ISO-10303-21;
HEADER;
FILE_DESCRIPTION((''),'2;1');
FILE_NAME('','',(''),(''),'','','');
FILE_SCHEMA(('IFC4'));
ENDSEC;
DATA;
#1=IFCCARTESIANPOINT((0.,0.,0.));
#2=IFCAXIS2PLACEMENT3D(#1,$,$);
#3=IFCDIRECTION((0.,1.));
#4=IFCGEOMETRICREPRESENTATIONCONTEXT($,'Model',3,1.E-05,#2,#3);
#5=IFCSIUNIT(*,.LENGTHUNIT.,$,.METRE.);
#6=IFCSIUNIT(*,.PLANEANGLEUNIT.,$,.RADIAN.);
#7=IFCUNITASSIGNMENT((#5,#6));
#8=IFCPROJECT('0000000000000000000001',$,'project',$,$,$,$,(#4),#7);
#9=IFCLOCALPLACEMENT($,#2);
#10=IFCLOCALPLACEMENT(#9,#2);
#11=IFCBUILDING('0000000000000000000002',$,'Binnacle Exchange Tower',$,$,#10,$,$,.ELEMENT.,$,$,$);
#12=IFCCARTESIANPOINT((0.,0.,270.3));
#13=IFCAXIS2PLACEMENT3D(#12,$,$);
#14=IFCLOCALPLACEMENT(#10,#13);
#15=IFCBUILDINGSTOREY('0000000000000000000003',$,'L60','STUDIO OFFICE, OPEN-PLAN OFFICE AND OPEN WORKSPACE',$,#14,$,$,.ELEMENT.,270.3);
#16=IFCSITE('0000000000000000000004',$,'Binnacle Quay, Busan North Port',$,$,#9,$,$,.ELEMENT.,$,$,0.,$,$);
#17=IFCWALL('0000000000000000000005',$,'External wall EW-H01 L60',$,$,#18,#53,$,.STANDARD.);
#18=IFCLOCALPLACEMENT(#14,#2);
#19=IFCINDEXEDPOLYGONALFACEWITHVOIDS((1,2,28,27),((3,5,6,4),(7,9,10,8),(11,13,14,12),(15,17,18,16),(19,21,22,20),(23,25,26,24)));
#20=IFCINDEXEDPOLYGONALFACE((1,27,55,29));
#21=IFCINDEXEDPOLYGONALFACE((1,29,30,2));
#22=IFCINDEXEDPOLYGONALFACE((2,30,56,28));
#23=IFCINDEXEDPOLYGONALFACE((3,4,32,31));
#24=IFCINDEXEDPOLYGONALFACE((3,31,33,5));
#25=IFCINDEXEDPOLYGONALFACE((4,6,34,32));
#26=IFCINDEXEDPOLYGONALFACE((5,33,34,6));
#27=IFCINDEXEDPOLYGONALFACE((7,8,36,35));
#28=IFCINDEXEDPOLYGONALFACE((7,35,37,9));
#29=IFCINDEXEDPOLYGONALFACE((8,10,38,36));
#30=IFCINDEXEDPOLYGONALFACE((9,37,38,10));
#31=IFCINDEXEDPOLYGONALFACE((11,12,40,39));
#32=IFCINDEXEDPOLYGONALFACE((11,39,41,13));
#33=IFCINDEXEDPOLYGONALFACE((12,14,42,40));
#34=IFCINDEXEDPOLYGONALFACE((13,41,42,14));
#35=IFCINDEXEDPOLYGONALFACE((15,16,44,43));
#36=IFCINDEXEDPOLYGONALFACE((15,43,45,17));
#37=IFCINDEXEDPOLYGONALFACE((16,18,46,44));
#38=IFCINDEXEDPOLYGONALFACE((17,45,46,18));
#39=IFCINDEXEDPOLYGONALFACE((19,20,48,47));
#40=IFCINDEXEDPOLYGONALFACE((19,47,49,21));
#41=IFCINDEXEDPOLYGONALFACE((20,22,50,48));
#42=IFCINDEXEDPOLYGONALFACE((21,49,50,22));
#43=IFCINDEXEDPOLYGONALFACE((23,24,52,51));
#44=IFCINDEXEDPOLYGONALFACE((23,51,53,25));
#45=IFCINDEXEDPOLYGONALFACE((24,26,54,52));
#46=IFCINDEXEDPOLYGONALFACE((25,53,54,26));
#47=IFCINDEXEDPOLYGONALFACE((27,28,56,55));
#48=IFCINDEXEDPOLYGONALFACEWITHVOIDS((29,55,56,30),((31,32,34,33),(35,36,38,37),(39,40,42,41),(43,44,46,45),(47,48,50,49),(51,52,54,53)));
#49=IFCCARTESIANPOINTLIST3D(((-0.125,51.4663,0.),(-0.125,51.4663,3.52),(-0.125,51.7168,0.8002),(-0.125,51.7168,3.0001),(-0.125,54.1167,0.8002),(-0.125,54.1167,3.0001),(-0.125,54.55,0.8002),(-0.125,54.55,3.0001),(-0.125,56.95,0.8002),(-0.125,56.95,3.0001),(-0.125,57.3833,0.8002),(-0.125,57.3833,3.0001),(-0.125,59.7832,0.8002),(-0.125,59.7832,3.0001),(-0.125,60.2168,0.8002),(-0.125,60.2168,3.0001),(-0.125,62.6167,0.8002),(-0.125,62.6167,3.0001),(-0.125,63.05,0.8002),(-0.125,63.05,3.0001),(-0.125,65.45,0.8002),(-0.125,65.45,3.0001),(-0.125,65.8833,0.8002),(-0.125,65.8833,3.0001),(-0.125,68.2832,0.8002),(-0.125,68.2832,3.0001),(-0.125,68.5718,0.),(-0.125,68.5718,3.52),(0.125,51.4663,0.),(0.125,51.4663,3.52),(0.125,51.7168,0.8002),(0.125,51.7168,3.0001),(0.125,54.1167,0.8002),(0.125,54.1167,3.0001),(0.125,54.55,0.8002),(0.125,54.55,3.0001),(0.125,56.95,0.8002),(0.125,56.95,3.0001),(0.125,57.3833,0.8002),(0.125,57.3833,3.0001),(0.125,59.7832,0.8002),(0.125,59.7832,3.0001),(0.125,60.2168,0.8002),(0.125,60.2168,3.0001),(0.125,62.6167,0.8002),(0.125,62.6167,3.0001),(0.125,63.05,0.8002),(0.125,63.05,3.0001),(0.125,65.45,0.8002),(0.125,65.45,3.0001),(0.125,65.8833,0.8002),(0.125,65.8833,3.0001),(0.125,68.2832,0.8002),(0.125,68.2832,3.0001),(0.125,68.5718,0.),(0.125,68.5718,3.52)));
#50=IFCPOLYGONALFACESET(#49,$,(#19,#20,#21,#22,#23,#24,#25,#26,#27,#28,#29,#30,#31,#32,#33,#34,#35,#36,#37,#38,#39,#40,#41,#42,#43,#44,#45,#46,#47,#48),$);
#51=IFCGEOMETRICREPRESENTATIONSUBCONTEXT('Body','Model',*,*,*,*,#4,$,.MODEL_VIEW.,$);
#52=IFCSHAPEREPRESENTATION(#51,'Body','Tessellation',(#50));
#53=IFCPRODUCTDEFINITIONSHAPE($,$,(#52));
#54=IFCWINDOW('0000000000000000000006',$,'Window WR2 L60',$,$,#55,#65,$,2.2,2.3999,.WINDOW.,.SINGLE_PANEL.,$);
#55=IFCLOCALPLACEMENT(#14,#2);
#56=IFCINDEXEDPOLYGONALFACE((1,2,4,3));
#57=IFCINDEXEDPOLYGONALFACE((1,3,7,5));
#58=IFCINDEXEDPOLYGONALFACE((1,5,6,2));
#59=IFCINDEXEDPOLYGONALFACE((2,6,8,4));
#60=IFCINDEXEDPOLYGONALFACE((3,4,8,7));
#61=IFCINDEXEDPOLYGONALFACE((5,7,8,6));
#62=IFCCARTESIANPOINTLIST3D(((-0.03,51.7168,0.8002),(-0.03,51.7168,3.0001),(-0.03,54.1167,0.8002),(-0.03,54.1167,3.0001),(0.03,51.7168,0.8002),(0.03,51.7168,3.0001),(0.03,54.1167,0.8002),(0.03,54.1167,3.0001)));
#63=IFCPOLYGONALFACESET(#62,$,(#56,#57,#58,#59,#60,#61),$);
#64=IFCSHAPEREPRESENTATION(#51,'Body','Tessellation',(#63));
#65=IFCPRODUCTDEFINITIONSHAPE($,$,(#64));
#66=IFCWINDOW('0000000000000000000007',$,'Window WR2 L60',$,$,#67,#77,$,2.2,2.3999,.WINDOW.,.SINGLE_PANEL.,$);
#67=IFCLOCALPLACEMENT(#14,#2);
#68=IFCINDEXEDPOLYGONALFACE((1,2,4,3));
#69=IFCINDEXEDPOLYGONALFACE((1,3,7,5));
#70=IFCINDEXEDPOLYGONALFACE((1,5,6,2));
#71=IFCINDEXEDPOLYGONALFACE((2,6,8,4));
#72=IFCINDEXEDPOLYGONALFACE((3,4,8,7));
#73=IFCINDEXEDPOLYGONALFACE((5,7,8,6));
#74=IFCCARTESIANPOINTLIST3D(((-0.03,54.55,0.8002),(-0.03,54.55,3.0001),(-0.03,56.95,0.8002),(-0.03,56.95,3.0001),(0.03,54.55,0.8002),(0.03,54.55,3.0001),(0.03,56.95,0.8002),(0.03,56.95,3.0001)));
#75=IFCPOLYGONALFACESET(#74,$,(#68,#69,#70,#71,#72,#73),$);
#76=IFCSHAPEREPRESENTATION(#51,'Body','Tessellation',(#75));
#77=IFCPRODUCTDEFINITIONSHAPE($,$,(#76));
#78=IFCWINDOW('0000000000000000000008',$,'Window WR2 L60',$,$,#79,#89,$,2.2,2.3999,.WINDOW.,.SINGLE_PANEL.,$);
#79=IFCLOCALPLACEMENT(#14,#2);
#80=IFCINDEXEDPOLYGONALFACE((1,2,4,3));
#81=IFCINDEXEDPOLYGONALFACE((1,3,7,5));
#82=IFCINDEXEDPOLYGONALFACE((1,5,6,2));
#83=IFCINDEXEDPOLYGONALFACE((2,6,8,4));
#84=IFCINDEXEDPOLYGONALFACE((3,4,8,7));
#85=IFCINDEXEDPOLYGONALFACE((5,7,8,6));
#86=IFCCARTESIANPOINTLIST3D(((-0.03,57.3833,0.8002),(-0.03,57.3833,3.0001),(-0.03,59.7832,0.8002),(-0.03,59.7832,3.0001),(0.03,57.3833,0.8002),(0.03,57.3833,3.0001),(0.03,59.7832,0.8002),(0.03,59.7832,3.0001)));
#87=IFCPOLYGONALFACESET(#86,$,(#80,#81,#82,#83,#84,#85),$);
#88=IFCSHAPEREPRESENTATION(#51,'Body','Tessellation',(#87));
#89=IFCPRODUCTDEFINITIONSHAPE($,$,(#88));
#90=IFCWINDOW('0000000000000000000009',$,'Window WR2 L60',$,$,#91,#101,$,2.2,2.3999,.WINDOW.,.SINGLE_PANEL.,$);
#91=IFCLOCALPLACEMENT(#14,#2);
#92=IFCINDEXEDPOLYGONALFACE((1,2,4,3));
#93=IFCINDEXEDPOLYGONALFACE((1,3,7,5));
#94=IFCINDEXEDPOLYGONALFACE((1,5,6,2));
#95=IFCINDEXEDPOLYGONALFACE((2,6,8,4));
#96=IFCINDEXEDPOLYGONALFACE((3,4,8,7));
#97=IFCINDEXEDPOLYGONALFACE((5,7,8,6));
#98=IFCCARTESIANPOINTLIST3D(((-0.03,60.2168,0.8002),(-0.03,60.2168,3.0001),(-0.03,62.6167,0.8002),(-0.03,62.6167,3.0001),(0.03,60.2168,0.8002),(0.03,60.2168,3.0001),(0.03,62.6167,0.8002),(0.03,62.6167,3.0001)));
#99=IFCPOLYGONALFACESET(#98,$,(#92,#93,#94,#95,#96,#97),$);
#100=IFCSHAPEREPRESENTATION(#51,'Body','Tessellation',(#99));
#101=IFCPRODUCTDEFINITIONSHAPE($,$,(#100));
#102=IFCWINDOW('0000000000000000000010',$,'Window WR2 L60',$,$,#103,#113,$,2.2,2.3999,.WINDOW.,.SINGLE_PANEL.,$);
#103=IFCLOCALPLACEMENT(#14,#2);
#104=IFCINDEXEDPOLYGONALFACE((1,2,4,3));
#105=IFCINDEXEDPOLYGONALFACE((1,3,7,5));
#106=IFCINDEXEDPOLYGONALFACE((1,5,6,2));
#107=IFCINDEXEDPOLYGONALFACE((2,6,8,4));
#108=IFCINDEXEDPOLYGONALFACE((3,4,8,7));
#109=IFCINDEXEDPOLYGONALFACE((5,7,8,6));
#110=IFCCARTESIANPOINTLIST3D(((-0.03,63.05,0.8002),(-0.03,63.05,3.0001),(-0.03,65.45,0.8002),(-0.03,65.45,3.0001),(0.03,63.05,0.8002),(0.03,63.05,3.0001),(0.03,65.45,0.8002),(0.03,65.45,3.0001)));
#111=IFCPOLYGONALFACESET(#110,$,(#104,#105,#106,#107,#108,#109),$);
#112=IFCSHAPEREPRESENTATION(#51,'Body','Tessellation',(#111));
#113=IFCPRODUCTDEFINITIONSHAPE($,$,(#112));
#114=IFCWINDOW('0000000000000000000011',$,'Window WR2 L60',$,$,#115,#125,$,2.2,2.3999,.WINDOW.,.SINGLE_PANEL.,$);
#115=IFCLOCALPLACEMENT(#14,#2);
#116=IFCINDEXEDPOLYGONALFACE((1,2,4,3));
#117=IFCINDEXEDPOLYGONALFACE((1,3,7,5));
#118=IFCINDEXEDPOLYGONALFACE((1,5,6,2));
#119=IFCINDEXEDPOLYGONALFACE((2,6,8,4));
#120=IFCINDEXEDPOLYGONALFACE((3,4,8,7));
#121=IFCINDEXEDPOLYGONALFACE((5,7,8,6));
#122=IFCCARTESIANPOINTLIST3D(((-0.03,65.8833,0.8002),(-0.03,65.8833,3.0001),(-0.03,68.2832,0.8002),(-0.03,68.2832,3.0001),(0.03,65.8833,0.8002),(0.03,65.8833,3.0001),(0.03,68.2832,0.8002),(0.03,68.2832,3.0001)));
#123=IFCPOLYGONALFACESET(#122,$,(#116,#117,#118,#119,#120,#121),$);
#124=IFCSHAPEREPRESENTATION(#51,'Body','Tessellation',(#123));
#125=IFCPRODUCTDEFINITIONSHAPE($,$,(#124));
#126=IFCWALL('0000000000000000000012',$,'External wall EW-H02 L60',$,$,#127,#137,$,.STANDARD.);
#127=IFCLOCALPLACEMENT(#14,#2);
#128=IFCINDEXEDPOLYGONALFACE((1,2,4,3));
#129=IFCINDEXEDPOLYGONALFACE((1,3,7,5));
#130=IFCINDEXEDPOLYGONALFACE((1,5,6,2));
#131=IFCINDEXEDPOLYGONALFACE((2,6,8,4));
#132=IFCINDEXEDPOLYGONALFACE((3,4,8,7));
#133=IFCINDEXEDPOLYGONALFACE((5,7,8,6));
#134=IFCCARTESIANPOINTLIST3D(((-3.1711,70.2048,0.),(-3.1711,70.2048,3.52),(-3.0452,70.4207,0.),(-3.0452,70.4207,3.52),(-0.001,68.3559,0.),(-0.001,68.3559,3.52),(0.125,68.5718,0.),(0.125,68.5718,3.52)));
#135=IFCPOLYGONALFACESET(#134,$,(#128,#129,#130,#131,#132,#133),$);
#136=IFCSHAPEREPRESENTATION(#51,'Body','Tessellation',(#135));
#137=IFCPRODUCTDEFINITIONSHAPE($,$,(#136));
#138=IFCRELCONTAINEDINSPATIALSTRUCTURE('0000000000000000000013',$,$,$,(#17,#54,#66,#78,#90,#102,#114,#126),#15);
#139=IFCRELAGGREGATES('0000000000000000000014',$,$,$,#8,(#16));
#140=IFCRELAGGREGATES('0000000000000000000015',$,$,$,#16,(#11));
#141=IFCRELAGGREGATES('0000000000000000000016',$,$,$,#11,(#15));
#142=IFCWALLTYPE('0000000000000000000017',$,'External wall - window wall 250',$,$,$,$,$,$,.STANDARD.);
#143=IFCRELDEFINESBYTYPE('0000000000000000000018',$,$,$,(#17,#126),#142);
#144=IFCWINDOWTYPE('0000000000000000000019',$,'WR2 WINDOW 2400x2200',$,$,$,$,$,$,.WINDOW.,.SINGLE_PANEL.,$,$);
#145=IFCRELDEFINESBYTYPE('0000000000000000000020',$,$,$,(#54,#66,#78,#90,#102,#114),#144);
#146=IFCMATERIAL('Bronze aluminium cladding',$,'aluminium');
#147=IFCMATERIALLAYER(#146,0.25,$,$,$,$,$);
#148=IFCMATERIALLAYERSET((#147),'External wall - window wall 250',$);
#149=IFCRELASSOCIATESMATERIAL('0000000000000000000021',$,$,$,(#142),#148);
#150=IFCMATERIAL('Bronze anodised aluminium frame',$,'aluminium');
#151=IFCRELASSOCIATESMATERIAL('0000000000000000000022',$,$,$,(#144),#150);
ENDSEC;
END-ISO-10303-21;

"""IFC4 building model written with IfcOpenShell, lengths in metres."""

from ifc_helpers import new_model, si_unit, direction, frame, frame_2d, origin, place, context, subcontext, project, spatial, rectangle, extrude, material, layer, layer_set, type_object, element, fill, save


model = new_model("IFC4")

# Units and contexts
model_context = context("Model", 3, precision=1e-05, world=origin(), true_north=direction((0.0, 1.0)))
body_context = subcontext(model_context, "Body", "Model", "MODEL_VIEW")
ifc_project = project(units=[si_unit("LENGTHUNIT", "METRE"), si_unit("PLANEANGLEUNIT", "RADIAN")], contexts=[model_context])

# Site, building, storey
site_placement = place(None, origin())
site = spatial("IfcSite", under=ifc_project, at=site_placement, Name="Binnacle Quay, Busan North Port", CompositionType="ELEMENT", RefElevation=0.0)
building_placement = place(site_placement, origin())
building = spatial("IfcBuilding", under=site, at=building_placement, Name="Binnacle Exchange Tower", CompositionType="ELEMENT")
storey_placement = place(building_placement, frame((0.0, 0.0, 270.3)))
storey = spatial("IfcBuildingStorey", under=building, at=storey_placement, Name="L60", Description="STUDIO OFFICE, OPEN-PLAN OFFICE AND OPEN WORKSPACE", CompositionType="ELEMENT", Elevation=270.3)

# Shared definitions
ifc_material_1 = material(Name="Bronze aluminium cladding", Category="aluminium")
ifc_layer_1 = layer(ifc_material_1, 0.25)
ifc_layer_set_1 = layer_set([ifc_layer_1], Name="External wall - window wall 250")
wall_type_1 = type_object("IfcWallType", Name="External wall - window wall 250", PredefinedType="STANDARD", material=ifc_layer_set_1)

# Wall, openings, windows
wall_1_placement = place(storey_placement, frame((0.0, 68.5718, 0.0), z_axis=(0.0, 0.0, 1.0), x_axis=(0.0, -1.0, 0.0)))
wall_1 = element("IfcWall", 1, at=wall_1_placement, inside=storey, type_object=wall_type_1, Name="External wall EW-H01 L60", PredefinedType="STANDARD", context=body_context, shape_type="SweptSolid", body=[
    extrude(rectangle(XDim=17.1055, YDim=0.25, at=frame_2d((8.5527, 0.0))), origin(), (0.0, 0.0, 1.0), 3.52),
])
opening_1_placement = place(wall_1_placement, frame((14.4551, 0.0, 0.8)))
opening_1 = element("IfcOpeningElement", 2, at=opening_1_placement, cuts=wall_1, PredefinedType="OPENING", context=body_context, shape_type="SweptSolid", body=[
    extrude(rectangle(XDim=2.3999, YDim=2.2, at=frame_2d((1.2, 1.1001))), frame((0.0, 0.135, 0.0), z_axis=(0.0, -1.0, 0.0), x_axis=(1.0, 0.0, 0.0)), (0.0, 0.0, 1.0), 0.27),
])
opening_2_placement = place(wall_1_placement, frame((11.6218, 0.0, 0.8)))
opening_2 = element("IfcOpeningElement", 3, at=opening_2_placement, cuts=wall_1, PredefinedType="OPENING", context=body_context, shape_type="SweptSolid", body=[
    extrude(rectangle(XDim=2.3999, YDim=2.2, at=frame_2d((1.2, 1.1001))), frame((0.0, 0.135, 0.0), z_axis=(0.0, -1.0, 0.0), x_axis=(1.0, 0.0, 0.0)), (0.0, 0.0, 1.0), 0.27),
])
opening_3_placement = place(wall_1_placement, frame((8.7886, 0.0, 0.8)))
opening_3 = element("IfcOpeningElement", 4, at=opening_3_placement, cuts=wall_1, PredefinedType="OPENING", context=body_context, shape_type="SweptSolid", body=[
    extrude(rectangle(XDim=2.3999, YDim=2.2, at=frame_2d((1.2, 1.1001))), frame((0.0, 0.135, 0.0), z_axis=(0.0, -1.0, 0.0), x_axis=(1.0, 0.0, 0.0)), (0.0, 0.0, 1.0), 0.27),
])
opening_4_placement = place(wall_1_placement, frame((5.9551, 0.0, 0.8)))
opening_4 = element("IfcOpeningElement", 5, at=opening_4_placement, cuts=wall_1, PredefinedType="OPENING", context=body_context, shape_type="SweptSolid", body=[
    extrude(rectangle(XDim=2.3999, YDim=2.2, at=frame_2d((1.2, 1.1001))), frame((0.0, 0.135, 0.0), z_axis=(0.0, -1.0, 0.0), x_axis=(1.0, 0.0, 0.0)), (0.0, 0.0, 1.0), 0.27),
])
opening_5_placement = place(wall_1_placement, frame((3.1218, 0.0, 0.8)))
opening_5 = element("IfcOpeningElement", 6, at=opening_5_placement, cuts=wall_1, PredefinedType="OPENING", context=body_context, shape_type="SweptSolid", body=[
    extrude(rectangle(XDim=2.3999, YDim=2.2, at=frame_2d((1.2, 1.1001))), frame((0.0, 0.135, 0.0), z_axis=(0.0, -1.0, 0.0), x_axis=(1.0, 0.0, 0.0)), (0.0, 0.0, 1.0), 0.27),
])
opening_6_placement = place(wall_1_placement, frame((0.2886, 0.0, 0.8)))
opening_6 = element("IfcOpeningElement", 7, at=opening_6_placement, cuts=wall_1, PredefinedType="OPENING", context=body_context, shape_type="SweptSolid", body=[
    extrude(rectangle(XDim=2.3999, YDim=2.2, at=frame_2d((1.2, 1.1001))), frame((0.0, 0.135, 0.0), z_axis=(0.0, -1.0, 0.0), x_axis=(1.0, 0.0, 0.0)), (0.0, 0.0, 1.0), 0.27),
])
ifc_material_2 = material(Name="Bronze anodised aluminium frame", Category="aluminium")
window_type = type_object("IfcWindowType", Name="WR2 WINDOW 2400x2200", PartitioningType="SINGLE_PANEL", PredefinedType="WINDOW", material=ifc_material_2)
window_1_placement = place(opening_1_placement, origin())
window_1 = element("IfcWindow", 8, at=window_1_placement, inside=storey, type_object=window_type, Name="Window WR2 L60", OverallHeight=2.2, OverallWidth=2.3999, PartitioningType="SINGLE_PANEL", PredefinedType="WINDOW", context=body_context, shape_type="SweptSolid", body=[
    extrude(rectangle(XDim=2.3999, YDim=2.2, at=frame_2d((1.2, 1.1001))), frame((0.0, 0.03, 0.0), z_axis=(0.0, -1.0, 0.0), x_axis=(1.0, 0.0, 0.0)), (0.0, 0.0, 1.0), 0.0601),
])
fill(opening_1, window_1)
window_2_placement = place(opening_2_placement, origin())
window_2 = element("IfcWindow", 9, at=window_2_placement, inside=storey, type_object=window_type, Name="Window WR2 L60", OverallHeight=2.2, OverallWidth=2.3999, PartitioningType="SINGLE_PANEL", PredefinedType="WINDOW", context=body_context, shape_type="SweptSolid", body=[
    extrude(rectangle(XDim=2.3999, YDim=2.2, at=frame_2d((1.2, 1.1001))), frame((0.0, 0.03, 0.0), z_axis=(0.0, -1.0, 0.0), x_axis=(1.0, 0.0, 0.0)), (0.0, 0.0, 1.0), 0.0601),
])
fill(opening_2, window_2)
window_3_placement = place(opening_3_placement, origin())
window_3 = element("IfcWindow", 10, at=window_3_placement, inside=storey, type_object=window_type, Name="Window WR2 L60", OverallHeight=2.2, OverallWidth=2.3999, PartitioningType="SINGLE_PANEL", PredefinedType="WINDOW", context=body_context, shape_type="SweptSolid", body=[
    extrude(rectangle(XDim=2.3999, YDim=2.2, at=frame_2d((1.2, 1.1001))), frame((0.0, 0.03, 0.0), z_axis=(0.0, -1.0, 0.0), x_axis=(1.0, 0.0, 0.0)), (0.0, 0.0, 1.0), 0.0601),
])
fill(opening_3, window_3)
window_4_placement = place(opening_4_placement, origin())
window_4 = element("IfcWindow", 11, at=window_4_placement, inside=storey, type_object=window_type, Name="Window WR2 L60", OverallHeight=2.2, OverallWidth=2.3999, PartitioningType="SINGLE_PANEL", PredefinedType="WINDOW", context=body_context, shape_type="SweptSolid", body=[
    extrude(rectangle(XDim=2.3999, YDim=2.2, at=frame_2d((1.2, 1.1001))), frame((0.0, 0.03, 0.0), z_axis=(0.0, -1.0, 0.0), x_axis=(1.0, 0.0, 0.0)), (0.0, 0.0, 1.0), 0.0601),
])
fill(opening_4, window_4)
window_5_placement = place(opening_5_placement, origin())
window_5 = element("IfcWindow", 12, at=window_5_placement, inside=storey, type_object=window_type, Name="Window WR2 L60", OverallHeight=2.2, OverallWidth=2.3999, PartitioningType="SINGLE_PANEL", PredefinedType="WINDOW", context=body_context, shape_type="SweptSolid", body=[
    extrude(rectangle(XDim=2.3999, YDim=2.2, at=frame_2d((1.2, 1.1001))), frame((0.0, 0.03, 0.0), z_axis=(0.0, -1.0, 0.0), x_axis=(1.0, 0.0, 0.0)), (0.0, 0.0, 1.0), 0.0601),
])
fill(opening_5, window_5)
window_6_placement = place(opening_6_placement, origin())
window_6 = element("IfcWindow", 13, at=window_6_placement, inside=storey, type_object=window_type, Name="Window WR2 L60", OverallHeight=2.2, OverallWidth=2.3999, PartitioningType="SINGLE_PANEL", PredefinedType="WINDOW", context=body_context, shape_type="SweptSolid", body=[
    extrude(rectangle(XDim=2.3999, YDim=2.2, at=frame_2d((1.2, 1.1001))), frame((0.0, 0.03, 0.0), z_axis=(0.0, -1.0, 0.0), x_axis=(1.0, 0.0, 0.0)), (0.0, 0.0, 1.0), 0.0601),
])
fill(opening_6, window_6)

# Wall
wall_2_placement = place(storey_placement, frame((-3.1082, 70.3127, 0.0), z_axis=(0.0, 0.0, 1.0), x_axis=(0.863825, -0.503792, 0.0)))
element("IfcWall", 14, at=wall_2_placement, inside=storey, type_object=wall_type_1, Name="External wall EW-H02 L60", PredefinedType="STANDARD", context=body_context, shape_type="SweptSolid", body=[
    extrude(rectangle(XDim=3.6699, YDim=0.25, at=frame_2d((1.835, 0.0))), origin(), (0.0, 0.0, 1.0), 3.52),
])

save(model, "model.ifc")
